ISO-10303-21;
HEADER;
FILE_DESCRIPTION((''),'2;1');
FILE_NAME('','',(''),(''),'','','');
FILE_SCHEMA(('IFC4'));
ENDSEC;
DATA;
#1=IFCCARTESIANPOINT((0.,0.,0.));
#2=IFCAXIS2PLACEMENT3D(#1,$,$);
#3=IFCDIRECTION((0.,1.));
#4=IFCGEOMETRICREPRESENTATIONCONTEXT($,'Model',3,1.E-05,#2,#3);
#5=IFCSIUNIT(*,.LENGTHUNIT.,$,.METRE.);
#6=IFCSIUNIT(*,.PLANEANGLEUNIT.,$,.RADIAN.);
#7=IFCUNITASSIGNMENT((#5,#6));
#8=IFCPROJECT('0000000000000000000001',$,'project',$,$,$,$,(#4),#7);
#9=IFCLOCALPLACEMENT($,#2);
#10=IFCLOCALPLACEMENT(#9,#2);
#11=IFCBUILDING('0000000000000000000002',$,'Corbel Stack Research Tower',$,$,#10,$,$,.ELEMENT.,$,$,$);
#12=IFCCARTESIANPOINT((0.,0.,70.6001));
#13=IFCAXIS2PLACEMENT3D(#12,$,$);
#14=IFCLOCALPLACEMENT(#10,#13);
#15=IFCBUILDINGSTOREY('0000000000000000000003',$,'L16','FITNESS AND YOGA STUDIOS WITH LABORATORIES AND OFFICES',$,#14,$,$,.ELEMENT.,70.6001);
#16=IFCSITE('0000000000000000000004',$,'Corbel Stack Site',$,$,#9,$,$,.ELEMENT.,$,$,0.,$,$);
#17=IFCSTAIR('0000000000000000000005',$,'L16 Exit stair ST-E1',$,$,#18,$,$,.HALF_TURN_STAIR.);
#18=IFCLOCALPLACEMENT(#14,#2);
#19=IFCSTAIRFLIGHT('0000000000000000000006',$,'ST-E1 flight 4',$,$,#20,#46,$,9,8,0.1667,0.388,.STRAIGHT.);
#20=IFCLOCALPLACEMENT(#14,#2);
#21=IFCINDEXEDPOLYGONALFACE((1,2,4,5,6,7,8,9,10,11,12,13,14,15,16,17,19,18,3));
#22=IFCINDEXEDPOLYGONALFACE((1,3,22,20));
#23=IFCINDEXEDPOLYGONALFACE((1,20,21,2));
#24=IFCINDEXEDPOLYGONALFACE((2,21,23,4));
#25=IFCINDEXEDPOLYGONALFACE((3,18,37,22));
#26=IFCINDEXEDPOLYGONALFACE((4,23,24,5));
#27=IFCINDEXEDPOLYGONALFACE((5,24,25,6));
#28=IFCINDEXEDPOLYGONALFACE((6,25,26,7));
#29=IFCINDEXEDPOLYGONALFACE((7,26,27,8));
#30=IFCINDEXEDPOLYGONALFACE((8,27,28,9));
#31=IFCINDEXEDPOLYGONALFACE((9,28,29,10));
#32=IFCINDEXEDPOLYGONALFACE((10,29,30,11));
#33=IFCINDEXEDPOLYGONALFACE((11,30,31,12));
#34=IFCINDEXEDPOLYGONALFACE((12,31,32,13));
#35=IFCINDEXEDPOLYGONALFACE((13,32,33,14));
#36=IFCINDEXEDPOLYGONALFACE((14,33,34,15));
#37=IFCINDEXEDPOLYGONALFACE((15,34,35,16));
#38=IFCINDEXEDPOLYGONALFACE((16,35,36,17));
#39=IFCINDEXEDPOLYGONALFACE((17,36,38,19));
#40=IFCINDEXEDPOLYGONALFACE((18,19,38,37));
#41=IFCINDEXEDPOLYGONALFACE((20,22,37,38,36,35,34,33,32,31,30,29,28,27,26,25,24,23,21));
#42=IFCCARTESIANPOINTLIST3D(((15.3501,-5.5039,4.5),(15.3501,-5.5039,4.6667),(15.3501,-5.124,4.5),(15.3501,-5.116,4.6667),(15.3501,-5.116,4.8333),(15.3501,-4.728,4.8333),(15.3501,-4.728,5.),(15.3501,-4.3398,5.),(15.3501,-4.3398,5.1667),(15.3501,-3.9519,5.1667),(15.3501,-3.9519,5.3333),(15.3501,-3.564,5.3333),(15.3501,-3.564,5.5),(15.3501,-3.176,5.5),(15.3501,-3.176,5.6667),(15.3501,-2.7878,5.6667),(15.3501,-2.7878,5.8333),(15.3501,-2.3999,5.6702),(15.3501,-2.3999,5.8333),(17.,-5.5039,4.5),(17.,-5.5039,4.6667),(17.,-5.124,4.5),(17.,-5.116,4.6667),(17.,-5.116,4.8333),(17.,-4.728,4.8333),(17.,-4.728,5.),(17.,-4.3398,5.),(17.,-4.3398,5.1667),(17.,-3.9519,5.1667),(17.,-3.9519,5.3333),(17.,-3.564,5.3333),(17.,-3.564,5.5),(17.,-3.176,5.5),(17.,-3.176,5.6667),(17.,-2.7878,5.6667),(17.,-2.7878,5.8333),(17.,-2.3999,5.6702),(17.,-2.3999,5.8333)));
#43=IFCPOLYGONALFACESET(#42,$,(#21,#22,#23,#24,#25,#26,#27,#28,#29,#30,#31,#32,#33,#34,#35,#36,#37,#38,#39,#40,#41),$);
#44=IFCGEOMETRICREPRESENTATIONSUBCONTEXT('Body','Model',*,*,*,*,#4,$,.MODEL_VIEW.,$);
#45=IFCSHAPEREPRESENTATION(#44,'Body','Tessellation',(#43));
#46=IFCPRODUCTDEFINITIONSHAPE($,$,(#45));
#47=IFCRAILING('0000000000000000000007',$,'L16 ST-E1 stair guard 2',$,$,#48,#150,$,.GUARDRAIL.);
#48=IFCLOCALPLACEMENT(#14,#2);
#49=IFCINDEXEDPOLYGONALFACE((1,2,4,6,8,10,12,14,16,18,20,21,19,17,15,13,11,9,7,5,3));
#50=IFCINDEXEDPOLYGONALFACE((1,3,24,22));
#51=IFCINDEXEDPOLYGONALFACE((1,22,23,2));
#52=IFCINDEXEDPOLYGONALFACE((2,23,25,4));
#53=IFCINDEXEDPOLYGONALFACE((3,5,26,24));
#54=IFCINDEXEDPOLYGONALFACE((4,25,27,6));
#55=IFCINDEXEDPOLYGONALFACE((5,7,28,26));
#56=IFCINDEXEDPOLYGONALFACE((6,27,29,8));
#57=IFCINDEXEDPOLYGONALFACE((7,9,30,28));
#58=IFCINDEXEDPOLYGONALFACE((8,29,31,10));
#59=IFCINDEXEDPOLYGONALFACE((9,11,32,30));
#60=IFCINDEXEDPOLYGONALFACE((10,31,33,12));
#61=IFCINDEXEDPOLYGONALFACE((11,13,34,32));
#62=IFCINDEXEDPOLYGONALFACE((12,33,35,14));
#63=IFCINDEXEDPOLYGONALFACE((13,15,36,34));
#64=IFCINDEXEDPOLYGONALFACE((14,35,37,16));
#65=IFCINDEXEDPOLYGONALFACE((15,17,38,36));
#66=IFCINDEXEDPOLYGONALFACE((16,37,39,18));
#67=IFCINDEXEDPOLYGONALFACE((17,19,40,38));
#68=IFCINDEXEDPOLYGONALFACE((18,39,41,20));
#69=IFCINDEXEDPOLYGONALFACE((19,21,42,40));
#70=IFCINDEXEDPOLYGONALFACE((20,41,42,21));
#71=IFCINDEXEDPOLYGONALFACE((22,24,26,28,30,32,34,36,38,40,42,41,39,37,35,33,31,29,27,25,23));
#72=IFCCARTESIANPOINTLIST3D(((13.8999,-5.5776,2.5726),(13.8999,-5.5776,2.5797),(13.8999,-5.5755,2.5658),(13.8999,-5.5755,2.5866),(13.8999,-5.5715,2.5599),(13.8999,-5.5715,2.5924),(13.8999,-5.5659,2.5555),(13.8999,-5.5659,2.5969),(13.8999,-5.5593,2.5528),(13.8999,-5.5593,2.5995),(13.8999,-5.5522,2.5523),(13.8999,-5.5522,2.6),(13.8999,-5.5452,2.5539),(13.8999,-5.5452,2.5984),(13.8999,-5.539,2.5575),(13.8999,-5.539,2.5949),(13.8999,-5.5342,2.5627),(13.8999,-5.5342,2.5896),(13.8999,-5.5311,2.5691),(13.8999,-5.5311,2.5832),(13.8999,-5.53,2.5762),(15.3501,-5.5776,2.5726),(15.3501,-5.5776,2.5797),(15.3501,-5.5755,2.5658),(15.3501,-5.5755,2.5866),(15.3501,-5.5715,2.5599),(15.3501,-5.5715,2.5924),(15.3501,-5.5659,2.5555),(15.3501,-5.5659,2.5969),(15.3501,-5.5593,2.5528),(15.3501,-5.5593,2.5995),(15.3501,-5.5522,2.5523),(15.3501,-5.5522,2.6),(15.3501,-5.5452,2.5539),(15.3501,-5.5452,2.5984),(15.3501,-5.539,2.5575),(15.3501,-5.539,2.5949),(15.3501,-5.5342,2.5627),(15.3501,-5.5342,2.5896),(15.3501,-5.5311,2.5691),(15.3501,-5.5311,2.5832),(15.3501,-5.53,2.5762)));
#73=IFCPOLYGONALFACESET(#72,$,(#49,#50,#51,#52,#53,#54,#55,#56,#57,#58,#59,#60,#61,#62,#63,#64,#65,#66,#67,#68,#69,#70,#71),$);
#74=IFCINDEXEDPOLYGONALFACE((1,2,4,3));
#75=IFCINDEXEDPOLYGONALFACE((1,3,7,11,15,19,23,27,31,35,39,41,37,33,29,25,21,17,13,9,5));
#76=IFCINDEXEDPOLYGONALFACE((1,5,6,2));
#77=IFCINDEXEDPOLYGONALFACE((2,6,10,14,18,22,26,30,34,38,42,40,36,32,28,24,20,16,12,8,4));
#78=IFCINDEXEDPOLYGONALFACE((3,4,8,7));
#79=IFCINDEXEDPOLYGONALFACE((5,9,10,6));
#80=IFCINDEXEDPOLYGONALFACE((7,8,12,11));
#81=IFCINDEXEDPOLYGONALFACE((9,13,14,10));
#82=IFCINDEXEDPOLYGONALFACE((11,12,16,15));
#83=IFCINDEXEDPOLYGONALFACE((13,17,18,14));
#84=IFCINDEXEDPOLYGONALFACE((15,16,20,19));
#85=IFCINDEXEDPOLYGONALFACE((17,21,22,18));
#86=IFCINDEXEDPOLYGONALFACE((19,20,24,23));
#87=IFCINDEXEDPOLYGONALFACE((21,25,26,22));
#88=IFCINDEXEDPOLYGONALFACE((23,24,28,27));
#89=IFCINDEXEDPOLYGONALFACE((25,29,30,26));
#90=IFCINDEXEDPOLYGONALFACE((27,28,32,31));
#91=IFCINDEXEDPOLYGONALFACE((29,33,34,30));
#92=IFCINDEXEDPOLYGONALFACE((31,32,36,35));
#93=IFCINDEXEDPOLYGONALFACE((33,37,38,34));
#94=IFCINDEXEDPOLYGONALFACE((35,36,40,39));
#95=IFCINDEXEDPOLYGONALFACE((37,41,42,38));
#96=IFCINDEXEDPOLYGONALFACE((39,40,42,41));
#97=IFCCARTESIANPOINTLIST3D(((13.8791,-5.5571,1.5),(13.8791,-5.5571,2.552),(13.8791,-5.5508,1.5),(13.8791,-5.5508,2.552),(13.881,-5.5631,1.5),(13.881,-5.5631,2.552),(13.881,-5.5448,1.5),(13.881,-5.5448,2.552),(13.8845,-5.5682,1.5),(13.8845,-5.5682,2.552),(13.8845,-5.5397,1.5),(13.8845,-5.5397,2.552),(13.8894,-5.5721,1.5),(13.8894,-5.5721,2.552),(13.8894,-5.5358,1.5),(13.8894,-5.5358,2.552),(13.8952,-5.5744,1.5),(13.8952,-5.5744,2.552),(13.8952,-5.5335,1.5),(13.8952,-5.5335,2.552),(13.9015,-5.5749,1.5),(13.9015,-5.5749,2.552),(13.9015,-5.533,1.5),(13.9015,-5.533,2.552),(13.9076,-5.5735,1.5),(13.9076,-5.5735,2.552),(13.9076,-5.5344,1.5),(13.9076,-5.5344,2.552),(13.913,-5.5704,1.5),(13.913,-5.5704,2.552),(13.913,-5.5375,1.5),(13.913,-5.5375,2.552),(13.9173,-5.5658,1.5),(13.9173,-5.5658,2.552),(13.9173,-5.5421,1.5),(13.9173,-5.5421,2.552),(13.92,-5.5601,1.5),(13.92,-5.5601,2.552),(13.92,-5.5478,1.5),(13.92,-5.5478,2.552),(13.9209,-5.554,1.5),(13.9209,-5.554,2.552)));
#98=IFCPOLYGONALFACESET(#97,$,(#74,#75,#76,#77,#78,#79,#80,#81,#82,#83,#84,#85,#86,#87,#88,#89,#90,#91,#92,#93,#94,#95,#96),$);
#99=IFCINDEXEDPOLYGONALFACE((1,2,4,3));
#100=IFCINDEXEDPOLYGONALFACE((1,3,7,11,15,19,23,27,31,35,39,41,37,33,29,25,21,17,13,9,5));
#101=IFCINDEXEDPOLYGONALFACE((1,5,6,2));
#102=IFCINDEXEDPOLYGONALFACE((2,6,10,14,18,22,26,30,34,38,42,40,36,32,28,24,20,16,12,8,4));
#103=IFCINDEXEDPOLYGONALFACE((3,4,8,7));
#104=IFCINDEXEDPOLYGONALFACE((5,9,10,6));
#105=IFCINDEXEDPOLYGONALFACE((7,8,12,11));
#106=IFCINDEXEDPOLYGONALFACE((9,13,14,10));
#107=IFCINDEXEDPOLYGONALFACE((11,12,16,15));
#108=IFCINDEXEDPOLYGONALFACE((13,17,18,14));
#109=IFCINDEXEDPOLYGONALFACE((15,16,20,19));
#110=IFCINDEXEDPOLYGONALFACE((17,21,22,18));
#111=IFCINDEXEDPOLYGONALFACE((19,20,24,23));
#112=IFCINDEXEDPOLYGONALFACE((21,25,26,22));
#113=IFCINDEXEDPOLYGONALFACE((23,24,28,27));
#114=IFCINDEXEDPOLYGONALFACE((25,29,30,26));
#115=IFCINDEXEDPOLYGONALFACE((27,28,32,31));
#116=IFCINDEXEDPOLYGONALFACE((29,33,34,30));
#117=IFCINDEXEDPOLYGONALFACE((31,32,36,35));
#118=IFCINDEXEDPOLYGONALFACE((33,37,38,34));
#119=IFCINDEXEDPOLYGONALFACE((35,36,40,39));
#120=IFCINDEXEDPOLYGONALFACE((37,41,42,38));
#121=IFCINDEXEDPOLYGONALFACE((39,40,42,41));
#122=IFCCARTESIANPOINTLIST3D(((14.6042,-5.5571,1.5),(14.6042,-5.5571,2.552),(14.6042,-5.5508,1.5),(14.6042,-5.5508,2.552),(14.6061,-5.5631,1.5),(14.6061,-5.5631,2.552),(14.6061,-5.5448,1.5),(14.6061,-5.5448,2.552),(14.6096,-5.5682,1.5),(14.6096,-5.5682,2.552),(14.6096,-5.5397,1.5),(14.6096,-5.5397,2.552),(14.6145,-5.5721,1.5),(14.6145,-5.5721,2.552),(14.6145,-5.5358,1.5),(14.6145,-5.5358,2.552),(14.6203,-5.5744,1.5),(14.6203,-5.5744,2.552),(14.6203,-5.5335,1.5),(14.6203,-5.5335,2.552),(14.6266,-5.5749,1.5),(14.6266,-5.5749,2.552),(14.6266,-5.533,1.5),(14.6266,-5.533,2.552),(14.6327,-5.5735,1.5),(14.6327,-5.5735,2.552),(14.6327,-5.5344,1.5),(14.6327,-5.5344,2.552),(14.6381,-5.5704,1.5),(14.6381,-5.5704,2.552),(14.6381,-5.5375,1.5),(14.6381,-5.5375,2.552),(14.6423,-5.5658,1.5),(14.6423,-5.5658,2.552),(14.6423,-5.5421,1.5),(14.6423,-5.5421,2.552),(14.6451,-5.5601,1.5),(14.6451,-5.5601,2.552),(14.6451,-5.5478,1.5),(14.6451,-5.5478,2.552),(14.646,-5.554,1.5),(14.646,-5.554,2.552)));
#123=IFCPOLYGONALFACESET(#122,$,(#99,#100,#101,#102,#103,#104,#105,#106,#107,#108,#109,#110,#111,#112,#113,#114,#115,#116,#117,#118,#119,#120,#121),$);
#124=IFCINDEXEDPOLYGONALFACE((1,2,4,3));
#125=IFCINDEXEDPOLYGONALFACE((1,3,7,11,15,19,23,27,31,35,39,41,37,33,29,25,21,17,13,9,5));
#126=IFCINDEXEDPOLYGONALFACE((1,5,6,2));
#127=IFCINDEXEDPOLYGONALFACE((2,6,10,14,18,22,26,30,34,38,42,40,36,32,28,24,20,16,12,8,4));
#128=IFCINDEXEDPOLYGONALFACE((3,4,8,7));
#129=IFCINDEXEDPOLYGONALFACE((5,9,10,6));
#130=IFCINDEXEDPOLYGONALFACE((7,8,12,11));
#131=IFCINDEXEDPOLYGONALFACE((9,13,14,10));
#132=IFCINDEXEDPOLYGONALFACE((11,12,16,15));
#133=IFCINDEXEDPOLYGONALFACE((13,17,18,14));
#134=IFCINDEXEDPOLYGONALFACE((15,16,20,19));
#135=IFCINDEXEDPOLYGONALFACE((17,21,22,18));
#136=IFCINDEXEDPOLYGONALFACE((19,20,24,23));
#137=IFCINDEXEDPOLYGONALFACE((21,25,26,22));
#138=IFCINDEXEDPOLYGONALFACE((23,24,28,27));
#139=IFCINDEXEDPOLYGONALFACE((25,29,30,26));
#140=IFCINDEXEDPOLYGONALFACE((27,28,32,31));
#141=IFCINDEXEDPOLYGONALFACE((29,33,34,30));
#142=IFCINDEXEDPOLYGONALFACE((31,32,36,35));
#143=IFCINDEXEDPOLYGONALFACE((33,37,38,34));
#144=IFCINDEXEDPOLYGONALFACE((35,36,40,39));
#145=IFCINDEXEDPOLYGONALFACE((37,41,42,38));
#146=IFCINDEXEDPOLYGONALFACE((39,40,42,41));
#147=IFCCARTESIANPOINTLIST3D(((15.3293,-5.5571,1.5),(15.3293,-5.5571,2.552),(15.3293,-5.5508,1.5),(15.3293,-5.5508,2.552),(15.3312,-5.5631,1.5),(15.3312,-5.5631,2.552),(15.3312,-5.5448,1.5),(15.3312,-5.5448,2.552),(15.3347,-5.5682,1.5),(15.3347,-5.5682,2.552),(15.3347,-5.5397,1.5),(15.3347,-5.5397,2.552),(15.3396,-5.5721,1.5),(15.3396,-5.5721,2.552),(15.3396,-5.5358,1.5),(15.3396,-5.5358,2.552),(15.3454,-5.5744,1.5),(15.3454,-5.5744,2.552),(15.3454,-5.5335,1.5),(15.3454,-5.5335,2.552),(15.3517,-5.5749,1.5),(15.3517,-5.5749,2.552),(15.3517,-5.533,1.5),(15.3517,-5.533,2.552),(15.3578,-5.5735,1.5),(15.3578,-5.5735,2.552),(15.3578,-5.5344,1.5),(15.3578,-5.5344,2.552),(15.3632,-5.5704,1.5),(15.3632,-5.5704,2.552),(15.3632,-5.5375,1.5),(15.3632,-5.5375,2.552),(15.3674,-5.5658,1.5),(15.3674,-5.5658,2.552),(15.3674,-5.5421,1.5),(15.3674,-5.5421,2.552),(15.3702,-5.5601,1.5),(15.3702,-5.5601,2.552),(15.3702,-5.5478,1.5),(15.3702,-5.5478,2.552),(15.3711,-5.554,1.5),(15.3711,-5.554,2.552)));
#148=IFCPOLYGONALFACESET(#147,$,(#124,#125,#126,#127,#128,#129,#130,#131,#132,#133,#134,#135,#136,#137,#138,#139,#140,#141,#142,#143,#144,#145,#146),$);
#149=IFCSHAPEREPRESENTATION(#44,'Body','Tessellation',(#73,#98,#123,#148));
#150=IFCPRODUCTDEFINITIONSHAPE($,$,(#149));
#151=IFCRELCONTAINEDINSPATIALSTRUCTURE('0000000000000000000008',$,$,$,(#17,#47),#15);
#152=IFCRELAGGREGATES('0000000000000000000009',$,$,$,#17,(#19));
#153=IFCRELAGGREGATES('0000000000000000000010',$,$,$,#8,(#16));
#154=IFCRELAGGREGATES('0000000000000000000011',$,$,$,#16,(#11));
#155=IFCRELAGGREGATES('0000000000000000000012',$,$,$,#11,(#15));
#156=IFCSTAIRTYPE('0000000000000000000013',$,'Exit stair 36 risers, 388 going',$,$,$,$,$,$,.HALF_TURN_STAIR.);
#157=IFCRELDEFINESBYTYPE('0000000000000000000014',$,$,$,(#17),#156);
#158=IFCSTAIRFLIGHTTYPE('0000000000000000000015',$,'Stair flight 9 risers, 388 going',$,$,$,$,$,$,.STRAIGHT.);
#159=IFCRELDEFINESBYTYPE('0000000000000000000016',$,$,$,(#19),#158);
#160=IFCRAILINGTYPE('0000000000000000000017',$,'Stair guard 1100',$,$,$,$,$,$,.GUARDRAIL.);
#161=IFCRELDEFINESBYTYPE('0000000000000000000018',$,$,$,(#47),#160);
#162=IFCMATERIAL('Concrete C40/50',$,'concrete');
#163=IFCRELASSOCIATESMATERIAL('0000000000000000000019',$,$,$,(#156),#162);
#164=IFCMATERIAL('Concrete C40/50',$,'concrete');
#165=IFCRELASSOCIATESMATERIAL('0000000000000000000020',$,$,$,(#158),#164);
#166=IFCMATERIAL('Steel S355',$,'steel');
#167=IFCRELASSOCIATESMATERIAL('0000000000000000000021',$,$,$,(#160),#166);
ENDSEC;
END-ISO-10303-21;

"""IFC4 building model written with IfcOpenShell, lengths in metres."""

from ifc_helpers import new_model, si_unit, direction, frame, origin, origin_2d, place, context, subcontext, project, spatial, polyline, circle, outline, extrude, material, type_object, element, aggregate, save


model = new_model("IFC4")

# Units and contexts
model_context = context("Model", 3, precision=1e-05, world=origin(), true_north=direction((0.0, 1.0)))
body_context = subcontext(model_context, "Body", "Model", "MODEL_VIEW")
ifc_project = project(units=[si_unit("LENGTHUNIT", "METRE"), si_unit("PLANEANGLEUNIT", "RADIAN")], contexts=[model_context])

# Site, building, storey
site_placement = place(None, origin())
site = spatial("IfcSite", under=ifc_project, at=site_placement, Name="Corbel Stack Site", CompositionType="ELEMENT", RefElevation=0.0)
building_placement = place(site_placement, origin())
building = spatial("IfcBuilding", under=site, at=building_placement, Name="Corbel Stack Research Tower", CompositionType="ELEMENT")
storey_placement = place(building_placement, frame((0.0, 0.0, 70.6001)))
storey = spatial("IfcBuildingStorey", under=building, at=storey_placement, Name="L16", Description="FITNESS AND YOGA STUDIOS WITH LABORATORIES AND OFFICES", CompositionType="ELEMENT", Elevation=70.6001)

# Stair, stair flight
ifc_material_1 = material(Name="Concrete C40/50", Category="concrete")
stair_type = type_object("IfcStairType", Name="Exit stair 36 risers, 388 going", PredefinedType="HALF_TURN_STAIR", material=ifc_material_1)
stair_placement = place(storey_placement, origin())
stair = element("IfcStair", 1, at=stair_placement, inside=storey, type_object=stair_type, Name="L16 Exit stair ST-E1", PredefinedType="HALF_TURN_STAIR")
ifc_material_2 = material(Name="Concrete C40/50", Category="concrete")
stair_flight_type = type_object("IfcStairFlightType", Name="Stair flight 9 risers, 388 going", PredefinedType="STRAIGHT", material=ifc_material_2)
stair_flight_1_placement = place(storey_placement, frame((16.175, -5.5039, 4.5), z_axis=(0.0, 0.0, 1.0), x_axis=(0.0, 1.0, 0.0)))
stair_flight_1 = element("IfcStairFlight", 2, at=stair_flight_1_placement, type_object=stair_flight_type, Name="ST-E1 flight 4", NumberOfRisers=9, NumberOfTreads=8, PredefinedType="STRAIGHT", RiserHeight=0.1667, TreadLength=0.388, context=body_context, shape_type="SweptSolid", body=[
    extrude(outline(polyline([(0.0, 0.0), (0.0, 0.1667), (0.3879, 0.1667), (0.3879, 0.3333), (0.7759, 0.3333), (0.7759, 0.5), (1.1641, 0.5), (1.1641, 0.6667), (1.552, 0.6667), (1.552, 0.8333), (1.9399, 0.8333), (1.9399, 1.0), (2.3279, 1.0), (2.3279, 1.1667), (2.7161, 1.1667), (2.7161, 1.3333), (3.104, 1.3333), (3.104, 1.5), (3.104, 1.1702), (0.3799, 0.0), (0.0, 0.0)])), frame((0.0, 0.825, 0.0), z_axis=(0.0, -1.0, 0.0), x_axis=(1.0, 0.0, 0.0)), (0.0, 0.0, 1.0), 1.6499),
])
aggregate(stair, [stair_flight_1])

# Railing
ifc_material_3 = material(Name="Steel S355", Category="steel")
railing_type_1 = type_object("IfcRailingType", Name="Stair guard 1100", PredefinedType="GUARDRAIL", material=ifc_material_3)
railing_1_placement = place(storey_placement, frame((13.8999, -5.554, 1.5)))
element("IfcRailing", 3, at=railing_1_placement, inside=storey, type_object=railing_type_1, Name="L16 ST-E1 stair guard 2", PredefinedType="GUARDRAIL", context=body_context, shape_type="SweptSolid", body=[
    extrude(circle(Radius=0.0239, at=origin_2d()), frame((0.0, 0.0, 1.0762), z_axis=(1.0, 0.0, 0.0), x_axis=(0.0, 1.0, 0.0)), (0.0, 0.0, 1.0), 1.4502),
    extrude(circle(Radius=0.021, at=origin_2d()), origin(), (0.0, 0.0, 1.0), 1.052),
    extrude(circle(Radius=0.021, at=origin_2d()), frame((0.7251, 0.0, 0.0)), (0.0, 0.0, 1.0), 1.052),
    extrude(circle(Radius=0.021, at=origin_2d()), frame((1.4502, 0.0, 0.0)), (0.0, 0.0, 1.0), 1.052),
])

save(model, "model.ifc")
